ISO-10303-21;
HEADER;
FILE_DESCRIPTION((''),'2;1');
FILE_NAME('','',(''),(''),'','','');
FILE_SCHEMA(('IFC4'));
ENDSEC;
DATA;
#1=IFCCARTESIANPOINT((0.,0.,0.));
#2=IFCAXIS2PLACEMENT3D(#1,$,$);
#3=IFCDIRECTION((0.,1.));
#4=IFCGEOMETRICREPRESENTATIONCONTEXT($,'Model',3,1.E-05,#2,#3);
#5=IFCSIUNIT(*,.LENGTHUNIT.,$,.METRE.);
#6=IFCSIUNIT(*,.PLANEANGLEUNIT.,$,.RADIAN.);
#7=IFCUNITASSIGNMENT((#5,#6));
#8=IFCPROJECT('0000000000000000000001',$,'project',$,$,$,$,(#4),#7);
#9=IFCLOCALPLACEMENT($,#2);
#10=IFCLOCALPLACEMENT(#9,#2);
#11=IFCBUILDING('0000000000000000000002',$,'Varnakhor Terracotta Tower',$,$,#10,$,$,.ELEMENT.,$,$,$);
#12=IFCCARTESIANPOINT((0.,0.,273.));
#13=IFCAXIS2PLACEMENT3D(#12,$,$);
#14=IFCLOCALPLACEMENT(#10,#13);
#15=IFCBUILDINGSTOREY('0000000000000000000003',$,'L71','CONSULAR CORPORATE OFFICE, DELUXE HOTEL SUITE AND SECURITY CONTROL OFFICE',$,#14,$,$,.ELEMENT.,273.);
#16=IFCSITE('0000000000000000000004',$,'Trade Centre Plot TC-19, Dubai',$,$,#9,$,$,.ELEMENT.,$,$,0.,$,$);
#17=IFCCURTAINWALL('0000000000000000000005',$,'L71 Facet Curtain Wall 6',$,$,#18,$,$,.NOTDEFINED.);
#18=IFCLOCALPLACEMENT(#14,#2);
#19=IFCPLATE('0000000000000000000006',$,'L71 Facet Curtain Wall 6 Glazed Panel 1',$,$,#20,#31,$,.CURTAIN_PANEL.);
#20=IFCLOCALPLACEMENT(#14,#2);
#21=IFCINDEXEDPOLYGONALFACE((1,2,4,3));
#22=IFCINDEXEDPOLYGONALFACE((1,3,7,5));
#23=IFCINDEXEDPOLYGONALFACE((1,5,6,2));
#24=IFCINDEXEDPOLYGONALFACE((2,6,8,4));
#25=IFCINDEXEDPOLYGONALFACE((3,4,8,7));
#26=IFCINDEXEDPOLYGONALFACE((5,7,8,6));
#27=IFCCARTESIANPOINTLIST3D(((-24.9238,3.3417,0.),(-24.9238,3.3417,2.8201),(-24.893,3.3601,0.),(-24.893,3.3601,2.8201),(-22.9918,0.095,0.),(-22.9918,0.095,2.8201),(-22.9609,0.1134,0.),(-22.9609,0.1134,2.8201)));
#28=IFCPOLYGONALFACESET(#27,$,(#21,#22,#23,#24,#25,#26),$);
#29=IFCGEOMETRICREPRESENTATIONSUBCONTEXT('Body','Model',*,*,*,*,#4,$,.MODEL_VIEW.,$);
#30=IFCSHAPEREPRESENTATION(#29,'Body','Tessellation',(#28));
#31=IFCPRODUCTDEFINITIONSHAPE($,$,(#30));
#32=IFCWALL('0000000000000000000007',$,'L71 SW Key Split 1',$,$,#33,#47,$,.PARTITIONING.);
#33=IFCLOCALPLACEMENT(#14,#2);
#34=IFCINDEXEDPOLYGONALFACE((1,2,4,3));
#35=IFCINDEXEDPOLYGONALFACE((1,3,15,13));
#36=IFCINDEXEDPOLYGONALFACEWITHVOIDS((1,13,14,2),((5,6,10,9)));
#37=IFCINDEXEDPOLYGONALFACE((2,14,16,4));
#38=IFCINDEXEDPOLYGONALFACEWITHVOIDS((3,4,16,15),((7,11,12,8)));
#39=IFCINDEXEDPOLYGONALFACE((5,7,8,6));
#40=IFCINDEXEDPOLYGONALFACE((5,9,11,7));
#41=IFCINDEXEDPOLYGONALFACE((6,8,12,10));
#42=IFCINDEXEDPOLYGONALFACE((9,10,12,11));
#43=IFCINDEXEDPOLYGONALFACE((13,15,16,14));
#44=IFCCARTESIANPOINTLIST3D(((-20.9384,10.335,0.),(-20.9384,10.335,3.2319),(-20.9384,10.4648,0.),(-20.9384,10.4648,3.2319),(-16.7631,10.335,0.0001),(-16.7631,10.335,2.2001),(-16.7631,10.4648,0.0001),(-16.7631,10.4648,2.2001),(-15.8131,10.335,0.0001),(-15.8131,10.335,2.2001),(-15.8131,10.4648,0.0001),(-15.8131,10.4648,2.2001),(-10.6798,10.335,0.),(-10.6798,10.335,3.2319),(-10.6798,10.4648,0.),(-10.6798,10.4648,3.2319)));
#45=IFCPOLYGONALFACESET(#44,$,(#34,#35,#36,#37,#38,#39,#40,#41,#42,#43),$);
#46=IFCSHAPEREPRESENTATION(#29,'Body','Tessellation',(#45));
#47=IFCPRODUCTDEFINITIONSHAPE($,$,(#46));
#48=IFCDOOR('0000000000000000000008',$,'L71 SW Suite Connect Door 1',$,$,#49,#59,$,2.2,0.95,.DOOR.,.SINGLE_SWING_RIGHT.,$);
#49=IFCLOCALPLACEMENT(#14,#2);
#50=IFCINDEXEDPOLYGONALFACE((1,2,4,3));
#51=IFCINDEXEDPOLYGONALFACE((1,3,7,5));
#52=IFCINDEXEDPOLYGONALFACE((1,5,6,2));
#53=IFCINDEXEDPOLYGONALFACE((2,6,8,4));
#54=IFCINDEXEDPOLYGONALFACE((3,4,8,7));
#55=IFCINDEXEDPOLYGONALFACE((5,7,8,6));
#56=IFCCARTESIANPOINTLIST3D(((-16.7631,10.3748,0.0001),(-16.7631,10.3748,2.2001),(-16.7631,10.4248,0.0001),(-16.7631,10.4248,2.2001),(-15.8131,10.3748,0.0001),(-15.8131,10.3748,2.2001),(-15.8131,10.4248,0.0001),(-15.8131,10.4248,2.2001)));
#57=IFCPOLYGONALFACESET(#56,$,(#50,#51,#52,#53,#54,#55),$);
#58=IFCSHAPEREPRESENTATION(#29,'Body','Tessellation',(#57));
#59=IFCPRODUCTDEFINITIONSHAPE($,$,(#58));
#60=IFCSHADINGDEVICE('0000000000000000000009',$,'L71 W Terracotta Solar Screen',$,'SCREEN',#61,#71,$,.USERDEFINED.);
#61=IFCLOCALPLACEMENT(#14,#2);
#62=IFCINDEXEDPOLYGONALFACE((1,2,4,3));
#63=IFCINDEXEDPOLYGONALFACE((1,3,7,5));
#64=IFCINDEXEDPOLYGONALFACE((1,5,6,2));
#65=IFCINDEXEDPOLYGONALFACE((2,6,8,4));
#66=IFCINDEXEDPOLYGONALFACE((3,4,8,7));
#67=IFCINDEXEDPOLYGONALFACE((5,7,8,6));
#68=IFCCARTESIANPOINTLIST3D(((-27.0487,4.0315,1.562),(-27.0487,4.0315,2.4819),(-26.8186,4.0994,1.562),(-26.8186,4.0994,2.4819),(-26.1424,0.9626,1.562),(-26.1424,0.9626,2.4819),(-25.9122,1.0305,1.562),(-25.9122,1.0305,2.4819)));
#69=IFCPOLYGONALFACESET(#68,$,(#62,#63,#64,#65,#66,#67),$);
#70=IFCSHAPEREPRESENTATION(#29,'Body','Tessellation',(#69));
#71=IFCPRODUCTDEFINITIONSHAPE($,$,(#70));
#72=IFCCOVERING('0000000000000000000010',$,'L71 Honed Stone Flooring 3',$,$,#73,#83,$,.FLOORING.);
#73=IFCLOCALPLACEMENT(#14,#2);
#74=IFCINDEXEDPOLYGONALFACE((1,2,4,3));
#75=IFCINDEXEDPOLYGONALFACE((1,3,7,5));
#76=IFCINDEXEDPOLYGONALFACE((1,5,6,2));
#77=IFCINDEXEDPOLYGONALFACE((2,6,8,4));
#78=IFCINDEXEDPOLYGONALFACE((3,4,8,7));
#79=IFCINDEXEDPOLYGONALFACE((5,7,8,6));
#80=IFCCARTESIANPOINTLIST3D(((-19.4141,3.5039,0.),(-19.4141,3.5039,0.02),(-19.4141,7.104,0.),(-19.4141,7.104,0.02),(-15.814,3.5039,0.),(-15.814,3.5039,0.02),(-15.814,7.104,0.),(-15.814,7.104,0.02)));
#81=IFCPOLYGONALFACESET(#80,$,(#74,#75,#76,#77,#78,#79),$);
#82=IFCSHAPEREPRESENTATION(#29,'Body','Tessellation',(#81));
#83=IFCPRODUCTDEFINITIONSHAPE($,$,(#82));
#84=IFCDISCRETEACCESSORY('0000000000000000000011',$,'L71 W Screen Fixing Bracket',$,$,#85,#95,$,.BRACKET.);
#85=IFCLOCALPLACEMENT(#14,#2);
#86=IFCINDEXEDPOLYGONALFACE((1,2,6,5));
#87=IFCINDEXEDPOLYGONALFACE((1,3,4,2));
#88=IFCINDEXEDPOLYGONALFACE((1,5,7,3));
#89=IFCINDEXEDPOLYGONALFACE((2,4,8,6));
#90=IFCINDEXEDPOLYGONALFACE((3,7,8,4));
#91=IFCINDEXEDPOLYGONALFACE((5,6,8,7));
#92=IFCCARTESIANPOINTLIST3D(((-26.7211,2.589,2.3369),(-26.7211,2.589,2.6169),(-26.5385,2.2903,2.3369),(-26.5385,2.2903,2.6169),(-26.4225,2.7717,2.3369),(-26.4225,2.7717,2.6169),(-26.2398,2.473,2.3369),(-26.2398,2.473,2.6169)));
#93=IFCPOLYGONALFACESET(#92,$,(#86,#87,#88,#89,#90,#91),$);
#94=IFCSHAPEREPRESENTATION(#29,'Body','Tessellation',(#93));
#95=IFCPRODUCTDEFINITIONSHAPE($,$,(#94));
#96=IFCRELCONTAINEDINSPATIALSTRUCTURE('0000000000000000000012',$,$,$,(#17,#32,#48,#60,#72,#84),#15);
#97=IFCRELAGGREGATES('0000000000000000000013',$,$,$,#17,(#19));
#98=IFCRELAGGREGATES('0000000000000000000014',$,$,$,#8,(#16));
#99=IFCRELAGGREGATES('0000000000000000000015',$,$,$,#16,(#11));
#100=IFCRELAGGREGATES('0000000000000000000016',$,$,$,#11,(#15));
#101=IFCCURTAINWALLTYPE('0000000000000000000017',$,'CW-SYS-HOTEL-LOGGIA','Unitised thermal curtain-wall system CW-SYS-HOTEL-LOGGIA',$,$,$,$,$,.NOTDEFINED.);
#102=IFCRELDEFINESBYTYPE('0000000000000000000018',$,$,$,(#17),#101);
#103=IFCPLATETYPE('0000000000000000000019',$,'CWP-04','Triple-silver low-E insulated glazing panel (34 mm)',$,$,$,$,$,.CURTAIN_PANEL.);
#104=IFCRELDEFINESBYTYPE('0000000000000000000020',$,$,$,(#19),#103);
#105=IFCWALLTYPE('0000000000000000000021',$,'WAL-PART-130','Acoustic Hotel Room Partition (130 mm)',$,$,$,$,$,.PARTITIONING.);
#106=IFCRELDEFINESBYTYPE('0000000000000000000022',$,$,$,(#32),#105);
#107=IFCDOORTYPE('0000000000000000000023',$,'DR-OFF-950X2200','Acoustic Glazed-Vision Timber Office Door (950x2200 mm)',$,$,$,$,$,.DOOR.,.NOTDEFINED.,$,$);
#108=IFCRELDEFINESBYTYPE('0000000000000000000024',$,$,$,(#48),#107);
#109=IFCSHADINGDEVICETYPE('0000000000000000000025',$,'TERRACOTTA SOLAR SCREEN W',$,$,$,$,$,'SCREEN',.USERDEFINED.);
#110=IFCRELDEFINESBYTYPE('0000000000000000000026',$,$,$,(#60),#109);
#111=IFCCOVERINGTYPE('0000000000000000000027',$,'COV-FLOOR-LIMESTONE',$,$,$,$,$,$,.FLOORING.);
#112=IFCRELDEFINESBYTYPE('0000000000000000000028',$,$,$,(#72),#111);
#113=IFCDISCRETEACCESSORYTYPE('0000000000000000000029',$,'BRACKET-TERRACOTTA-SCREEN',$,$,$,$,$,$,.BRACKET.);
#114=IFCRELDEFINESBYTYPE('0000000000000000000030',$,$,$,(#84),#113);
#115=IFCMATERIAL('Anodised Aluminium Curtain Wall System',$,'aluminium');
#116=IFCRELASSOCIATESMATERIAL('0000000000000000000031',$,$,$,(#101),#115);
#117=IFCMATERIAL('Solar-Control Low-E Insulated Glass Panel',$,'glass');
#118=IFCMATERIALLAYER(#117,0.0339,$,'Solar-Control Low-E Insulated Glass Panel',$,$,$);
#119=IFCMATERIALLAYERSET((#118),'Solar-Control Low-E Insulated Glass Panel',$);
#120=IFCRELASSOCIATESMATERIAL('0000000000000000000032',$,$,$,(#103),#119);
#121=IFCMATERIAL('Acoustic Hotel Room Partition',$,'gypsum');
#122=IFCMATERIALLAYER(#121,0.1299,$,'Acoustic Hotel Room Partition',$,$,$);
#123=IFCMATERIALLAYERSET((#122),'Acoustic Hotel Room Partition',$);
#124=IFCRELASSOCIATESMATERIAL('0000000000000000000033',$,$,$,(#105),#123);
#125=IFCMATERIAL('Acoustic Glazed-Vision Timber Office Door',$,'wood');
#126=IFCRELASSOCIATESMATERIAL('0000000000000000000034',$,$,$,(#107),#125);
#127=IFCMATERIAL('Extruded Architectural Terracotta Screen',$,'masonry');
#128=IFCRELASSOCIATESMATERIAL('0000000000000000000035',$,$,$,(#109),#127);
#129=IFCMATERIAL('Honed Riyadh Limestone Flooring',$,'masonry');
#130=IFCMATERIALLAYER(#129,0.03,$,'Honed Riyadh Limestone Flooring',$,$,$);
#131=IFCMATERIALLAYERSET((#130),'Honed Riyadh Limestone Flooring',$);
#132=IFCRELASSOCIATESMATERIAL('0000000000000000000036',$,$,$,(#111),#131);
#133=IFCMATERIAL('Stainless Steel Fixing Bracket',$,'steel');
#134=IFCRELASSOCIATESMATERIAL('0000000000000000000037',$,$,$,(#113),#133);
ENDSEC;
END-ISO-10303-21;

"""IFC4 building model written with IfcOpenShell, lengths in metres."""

from ifc_helpers import new_model, si_unit, direction, frame, frame_2d, origin, origin_2d, place, context, subcontext, project, spatial, rectangle, extrude, source, transform, mapped, material, layer, layer_set, type_object, type_shapes, element, fill, aggregate, save


model = new_model("IFC4")

# Units and contexts
model_context = context("Model", 3, precision=1e-05, world=origin(), true_north=direction((0.0, 1.0)))
body_context = subcontext(model_context, "Body", "Model", "MODEL_VIEW")
ifc_project = project(units=[si_unit("LENGTHUNIT", "METRE"), si_unit("PLANEANGLEUNIT", "RADIAN")], contexts=[model_context])

# Site, building, storey
site_placement = place(None, origin())
site = spatial("IfcSite", under=ifc_project, at=site_placement, Name="Trade Centre Plot TC-19, Dubai", CompositionType="ELEMENT", RefElevation=0.0)
building_placement = place(site_placement, origin())
building = spatial("IfcBuilding", under=site, at=building_placement, Name="Varnakhor Terracotta Tower", CompositionType="ELEMENT")
storey_placement = place(building_placement, frame((0.0, 0.0, 273.0)))
storey = spatial("IfcBuildingStorey", under=building, at=storey_placement, Name="L71", Description="CONSULAR CORPORATE OFFICE, DELUXE HOTEL SUITE AND SECURITY CONTROL OFFICE", CompositionType="ELEMENT", Elevation=273.0)

# Shared definitions
ifc_material_1 = material(Name="Anodised Aluminium Curtain Wall System", Category="aluminium")
curtain_wall_type = type_object("IfcCurtainWallType", Name="CW-SYS-HOTEL-LOGGIA", Description="Unitised thermal curtain-wall system CW-SYS-HOTEL-LOGGIA", PredefinedType="NOTDEFINED", material=ifc_material_1)

# Curtain wall
curtain_wall_1_placement = place(storey_placement, origin())
curtain_wall_1 = element("IfcCurtainWall", 1, at=curtain_wall_1_placement, inside=storey, type_object=curtain_wall_type, Name="L71 Facet Curtain Wall 6", PredefinedType="NOTDEFINED")

# Plate
ifc_material_2 = material(Name="Solar-Control Low-E Insulated Glass Panel", Category="glass")
ifc_layer_1 = layer(ifc_material_2, 0.0339, Name="Solar-Control Low-E Insulated Glass Panel")
ifc_layer_set_1 = layer_set([ifc_layer_1], Name="Solar-Control Low-E Insulated Glass Panel")
plate_type = type_object("IfcPlateType", Name="CWP-04", Description="Triple-silver low-E insulated glazing panel (34 mm)", PredefinedType="CURTAIN_PANEL", material=ifc_layer_set_1)
shared_shape_1 = source(origin(), body_context, "Body", "SweptSolid", [
    extrude(rectangle(XDim=3.7781, YDim=0.0359, at=origin_2d()), origin(), (0.0, 0.0, 1.0), 2.8201),
])
plate_1_placement = place(storey_placement, frame((-23.9424, 1.7275, 0.0), z_axis=(0.0, 0.0, 1.0), x_axis=(-0.511383, 0.859353, 0.0)))
plate_1 = element("IfcPlate", 2, at=plate_1_placement, type_object=plate_type, Name="L71 Facet Curtain Wall 6 Glazed Panel 1", PredefinedType="CURTAIN_PANEL", context=body_context, shape_type="MappedRepresentation", body=[
    mapped(shared_shape_1, transform((0.0, 0.0, 0.0), scale=1.0)),
])
aggregate(curtain_wall_1, [plate_1])

# Wall, opening, door
ifc_material_3 = material(Name="Acoustic Hotel Room Partition", Category="gypsum")
ifc_layer_2 = layer(ifc_material_3, 0.1299, Name="Acoustic Hotel Room Partition")
ifc_layer_set_2 = layer_set([ifc_layer_2], Name="Acoustic Hotel Room Partition")
wall_type = type_object("IfcWallType", Name="WAL-PART-130", Description="Acoustic Hotel Room Partition (130 mm)", PredefinedType="PARTITIONING", material=ifc_layer_set_2)
wall_placement = place(storey_placement, frame((-20.9385, 10.3999, 0.0), z_axis=(0.0, 0.0, 1.0), x_axis=(1.0, 0.0, 0.0)))
wall = element("IfcWall", 3, at=wall_placement, inside=storey, type_object=wall_type, Name="L71 SW Key Split 1", PredefinedType="PARTITIONING", context=body_context, shape_type="SweptSolid", body=[
    extrude(rectangle(XDim=10.2585, YDim=0.1299, at=frame_2d((5.1294, 0.0))), origin(), (0.0, 0.0, 1.0), 3.2319),
])
opening_placement = place(wall_placement, frame((4.1753, 0.0, 0.0)))
opening = element("IfcOpeningElement", 4, at=opening_placement, cuts=wall, PredefinedType="OPENING", context=body_context, shape_type="SweptSolid", body=[
    extrude(rectangle(XDim=0.95, YDim=2.2, at=frame_2d((0.4751, 1.1001))), frame((0.0, 0.075, 0.0), z_axis=(0.0, -1.0, 0.0), x_axis=(1.0, 0.0, 0.0)), (0.0, 0.0, 1.0), 0.1499),
])
ifc_material_4 = material(Name="Acoustic Glazed-Vision Timber Office Door", Category="wood")
door_type = type_object("IfcDoorType", Name="DR-OFF-950X2200", Description="Acoustic Glazed-Vision Timber Office Door (950x2200 mm)", OperationType="NOTDEFINED", PredefinedType="DOOR", material=ifc_material_4)
shared_shape_2 = source(origin(), body_context, "Body", "SweptSolid", [
    extrude(rectangle(XDim=0.95, YDim=2.2, at=frame_2d((0.4751, 1.1001))), frame((0.0, 0.0249, 0.0), z_axis=(0.0, -1.0, 0.0), x_axis=(1.0, 0.0, 0.0)), (0.0, 0.0, 1.0), 0.05),
])
type_shapes(door_type, [shared_shape_2])
door_placement = place(opening_placement, origin())
door = element("IfcDoor", 5, at=door_placement, inside=storey, type_object=door_type, Name="L71 SW Suite Connect Door 1", OperationType="SINGLE_SWING_RIGHT", OverallHeight=2.2, OverallWidth=0.95, PredefinedType="DOOR", context=body_context, shape_type="MappedRepresentation", body=[
    mapped(shared_shape_2, transform((0.0, 0.0, 0.0), scale=1.0)),
])
fill(opening, door)

# Shading device
ifc_material_5 = material(Name="Extruded Architectural Terracotta Screen", Category="masonry")
shading_device_type = type_object("IfcShadingDeviceType", Name="TERRACOTTA SOLAR SCREEN W", ElementType="SCREEN", PredefinedType="USERDEFINED", material=ifc_material_5)
shared_shape_3 = source(origin(), body_context, "Body", "SweptSolid", [
    extrude(rectangle(XDim=3.2, YDim=0.24, at=origin_2d()), origin(), (0.0, 0.0, 1.0), 0.9199),
])
type_shapes(shading_device_type, [shared_shape_3])
shading_device_placement = place(storey_placement, frame((-26.4805, 2.531, 1.562), z_axis=(0.0, 0.0, 1.0), x_axis=(0.283245, -0.959047, 0.0)))
element("IfcShadingDevice", 6, at=shading_device_placement, inside=storey, type_object=shading_device_type, Name="L71 W Terracotta Solar Screen", ObjectType="SCREEN", PredefinedType="USERDEFINED", context=body_context, shape_type="MappedRepresentation", body=[
    mapped(shared_shape_3, transform((0.0, 0.0, 0.0), scale=1.0)),
])

# Covering
ifc_material_6 = material(Name="Honed Riyadh Limestone Flooring", Category="masonry")
ifc_layer_3 = layer(ifc_material_6, 0.03, Name="Honed Riyadh Limestone Flooring")
ifc_layer_set_3 = layer_set([ifc_layer_3], Name="Honed Riyadh Limestone Flooring")
covering_type = type_object("IfcCoveringType", Name="COV-FLOOR-LIMESTONE", PredefinedType="FLOORING", material=ifc_layer_set_3)
shared_shape_4 = source(origin(), body_context, "Body", "SweptSolid", [
    extrude(rectangle(XDim=3.6001, YDim=3.6001, at=origin_2d()), origin(), (0.0, 0.0, 1.0), 0.02),
])
covering_placement = place(storey_placement, frame((-17.614, 5.304, 0.0), z_axis=(0.0, 0.0, 1.0), x_axis=(1.0, 0.0, 0.0)))
element("IfcCovering", 7, at=covering_placement, inside=storey, type_object=covering_type, Name="L71 Honed Stone Flooring 3", PredefinedType="FLOORING", context=body_context, shape_type="MappedRepresentation", body=[
    mapped(shared_shape_4, transform((0.0, 0.0, 0.0), scale=1.0)),
])

# Discrete accessory
ifc_material_7 = material(Name="Stainless Steel Fixing Bracket", Category="steel")
discrete_accessory_type = type_object("IfcDiscreteAccessoryType", Name="BRACKET-TERRACOTTA-SCREEN", PredefinedType="BRACKET", material=ifc_material_7)
shared_shape_5 = source(origin(), body_context, "Body", "SweptSolid", [
    extrude(rectangle(XDim=0.3501, YDim=0.3501, at=origin_2d()), origin(), (0.0, 0.0, 1.0), 0.28),
])
type_shapes(discrete_accessory_type, [shared_shape_5])
discrete_accessory_placement = place(storey_placement, frame((-26.4805, 2.531, 2.3369), z_axis=(0.0, 0.0, 1.0), x_axis=(0.521814, -0.853059, 0.0)))
element("IfcDiscreteAccessory", 8, at=discrete_accessory_placement, inside=storey, type_object=discrete_accessory_type, Name="L71 W Screen Fixing Bracket", PredefinedType="BRACKET", context=body_context, shape_type="MappedRepresentation", body=[
    mapped(shared_shape_5, transform((0.0, 0.0, 0.0), scale=1.0)),
])

save(model, "model.ifc")
